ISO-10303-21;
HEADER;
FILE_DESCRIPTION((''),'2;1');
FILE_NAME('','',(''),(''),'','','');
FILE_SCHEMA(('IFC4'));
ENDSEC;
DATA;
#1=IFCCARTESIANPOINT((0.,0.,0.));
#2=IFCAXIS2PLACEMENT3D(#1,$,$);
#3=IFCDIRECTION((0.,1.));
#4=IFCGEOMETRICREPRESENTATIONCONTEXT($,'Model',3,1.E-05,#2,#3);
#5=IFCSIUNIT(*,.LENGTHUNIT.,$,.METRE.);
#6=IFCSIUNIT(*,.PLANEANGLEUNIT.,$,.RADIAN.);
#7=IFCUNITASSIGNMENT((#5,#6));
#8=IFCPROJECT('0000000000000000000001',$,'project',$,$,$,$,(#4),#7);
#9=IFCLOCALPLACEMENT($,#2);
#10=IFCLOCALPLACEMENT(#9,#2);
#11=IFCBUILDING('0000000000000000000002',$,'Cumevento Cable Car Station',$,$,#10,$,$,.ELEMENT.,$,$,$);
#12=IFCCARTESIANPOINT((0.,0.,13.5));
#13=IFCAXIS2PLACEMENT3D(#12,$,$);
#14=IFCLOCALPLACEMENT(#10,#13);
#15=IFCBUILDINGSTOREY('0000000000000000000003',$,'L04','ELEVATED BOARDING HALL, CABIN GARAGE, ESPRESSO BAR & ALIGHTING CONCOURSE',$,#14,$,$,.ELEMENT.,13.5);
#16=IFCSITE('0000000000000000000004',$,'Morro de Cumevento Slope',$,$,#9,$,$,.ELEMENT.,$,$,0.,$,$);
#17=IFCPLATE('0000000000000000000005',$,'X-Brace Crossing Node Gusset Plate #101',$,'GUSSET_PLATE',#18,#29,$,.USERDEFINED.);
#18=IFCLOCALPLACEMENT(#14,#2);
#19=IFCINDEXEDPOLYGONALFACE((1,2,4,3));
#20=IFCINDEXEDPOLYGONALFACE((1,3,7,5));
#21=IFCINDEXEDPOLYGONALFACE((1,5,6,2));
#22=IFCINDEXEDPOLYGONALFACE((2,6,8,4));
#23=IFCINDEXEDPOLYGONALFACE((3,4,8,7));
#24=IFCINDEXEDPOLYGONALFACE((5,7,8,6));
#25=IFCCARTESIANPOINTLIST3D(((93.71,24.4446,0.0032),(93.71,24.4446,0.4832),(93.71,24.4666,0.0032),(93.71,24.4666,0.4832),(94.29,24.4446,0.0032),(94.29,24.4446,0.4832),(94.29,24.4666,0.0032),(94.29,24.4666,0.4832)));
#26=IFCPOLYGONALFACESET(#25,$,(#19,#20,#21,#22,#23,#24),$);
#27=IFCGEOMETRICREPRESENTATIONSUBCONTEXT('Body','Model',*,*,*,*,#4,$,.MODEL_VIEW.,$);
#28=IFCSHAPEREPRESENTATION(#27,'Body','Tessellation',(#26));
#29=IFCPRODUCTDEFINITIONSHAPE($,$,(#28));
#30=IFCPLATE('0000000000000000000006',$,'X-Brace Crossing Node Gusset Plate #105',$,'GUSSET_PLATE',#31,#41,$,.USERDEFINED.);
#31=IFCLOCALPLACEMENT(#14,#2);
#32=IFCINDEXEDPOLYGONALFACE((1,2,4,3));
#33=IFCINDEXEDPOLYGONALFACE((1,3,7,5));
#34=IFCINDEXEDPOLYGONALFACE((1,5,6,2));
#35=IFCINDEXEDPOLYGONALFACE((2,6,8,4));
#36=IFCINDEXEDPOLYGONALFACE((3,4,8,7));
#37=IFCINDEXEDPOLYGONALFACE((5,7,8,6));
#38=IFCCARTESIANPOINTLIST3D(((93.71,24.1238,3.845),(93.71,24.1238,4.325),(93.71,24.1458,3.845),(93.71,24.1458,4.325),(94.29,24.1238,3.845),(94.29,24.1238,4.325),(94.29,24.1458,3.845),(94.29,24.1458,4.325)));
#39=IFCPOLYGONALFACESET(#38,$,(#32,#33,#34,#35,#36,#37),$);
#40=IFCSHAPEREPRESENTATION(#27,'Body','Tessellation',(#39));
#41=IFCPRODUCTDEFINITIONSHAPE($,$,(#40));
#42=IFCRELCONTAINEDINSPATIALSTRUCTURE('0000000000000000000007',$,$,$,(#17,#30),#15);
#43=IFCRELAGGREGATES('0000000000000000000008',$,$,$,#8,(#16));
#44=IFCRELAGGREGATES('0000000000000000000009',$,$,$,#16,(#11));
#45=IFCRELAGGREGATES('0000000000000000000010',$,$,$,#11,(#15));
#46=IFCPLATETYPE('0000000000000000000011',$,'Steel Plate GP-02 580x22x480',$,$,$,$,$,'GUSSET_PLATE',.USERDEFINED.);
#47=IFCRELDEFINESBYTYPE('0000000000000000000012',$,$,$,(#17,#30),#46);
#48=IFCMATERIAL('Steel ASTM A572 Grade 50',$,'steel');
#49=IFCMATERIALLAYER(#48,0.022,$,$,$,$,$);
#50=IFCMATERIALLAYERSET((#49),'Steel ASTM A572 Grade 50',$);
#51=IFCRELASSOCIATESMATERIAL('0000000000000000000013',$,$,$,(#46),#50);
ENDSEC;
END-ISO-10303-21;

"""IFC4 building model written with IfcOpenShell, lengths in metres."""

from ifc_helpers import new_model, si_unit, direction, frame, origin, origin_2d, place, context, subcontext, project, spatial, rectangle, extrude, material, layer, layer_set, type_object, element, save


model = new_model("IFC4")

# Units and contexts
model_context = context("Model", 3, precision=1e-05, world=origin(), true_north=direction((0.0, 1.0)))
body_context = subcontext(model_context, "Body", "Model", "MODEL_VIEW")
ifc_project = project(units=[si_unit("LENGTHUNIT", "METRE"), si_unit("PLANEANGLEUNIT", "RADIAN")], contexts=[model_context])

# Site, building, storey
site_placement = place(None, origin())
site = spatial("IfcSite", under=ifc_project, at=site_placement, Name="Morro de Cumevento Slope", CompositionType="ELEMENT", RefElevation=0.0)
building_placement = place(site_placement, origin())
building = spatial("IfcBuilding", under=site, at=building_placement, Name="Cumevento Cable Car Station", CompositionType="ELEMENT")
storey_placement = place(building_placement, frame((0.0, 0.0, 13.5)))
storey = spatial("IfcBuildingStorey", under=building, at=storey_placement, Name="L04", Description="ELEVATED BOARDING HALL, CABIN GARAGE, ESPRESSO BAR & ALIGHTING CONCOURSE", CompositionType="ELEMENT", Elevation=13.5)

# Plates
ifc_material_1 = material(Name="Steel ASTM A572 Grade 50", Category="steel")
ifc_layer_1 = layer(ifc_material_1, 0.022)
ifc_layer_set_1 = layer_set([ifc_layer_1], Name="Steel ASTM A572 Grade 50")
plate_type_1 = type_object("IfcPlateType", Name="Steel Plate GP-02 580x22x480", ElementType="GUSSET_PLATE", PredefinedType="USERDEFINED", material=ifc_layer_set_1)
for number, where, z_axis, x_axis, name in (
    (1, (94.0, 24.4556, 0.0032), (0.0, 0.0, 1.0), (1.0, 0.0, 0.0), "X-Brace Crossing Node Gusset Plate #101"),
    (2, (94.0, 24.1348, 3.845), (0.0, 0.0, 1.0), (1.0, 0.0, 0.0), "X-Brace Crossing Node Gusset Plate #105"),
):
    element("IfcPlate", number, at=place(storey_placement, frame(where, z_axis=z_axis, x_axis=x_axis)), inside=storey, type_object=plate_type_1, Name=name, ObjectType="GUSSET_PLATE", PredefinedType="USERDEFINED", context=body_context, shape_type="SweptSolid", body=[
        extrude(rectangle(XDim=0.5801, YDim=0.022, at=origin_2d()), origin(), (0.0, 0.0, 1.0), 0.48),
    ])

save(model, "model.ifc")
